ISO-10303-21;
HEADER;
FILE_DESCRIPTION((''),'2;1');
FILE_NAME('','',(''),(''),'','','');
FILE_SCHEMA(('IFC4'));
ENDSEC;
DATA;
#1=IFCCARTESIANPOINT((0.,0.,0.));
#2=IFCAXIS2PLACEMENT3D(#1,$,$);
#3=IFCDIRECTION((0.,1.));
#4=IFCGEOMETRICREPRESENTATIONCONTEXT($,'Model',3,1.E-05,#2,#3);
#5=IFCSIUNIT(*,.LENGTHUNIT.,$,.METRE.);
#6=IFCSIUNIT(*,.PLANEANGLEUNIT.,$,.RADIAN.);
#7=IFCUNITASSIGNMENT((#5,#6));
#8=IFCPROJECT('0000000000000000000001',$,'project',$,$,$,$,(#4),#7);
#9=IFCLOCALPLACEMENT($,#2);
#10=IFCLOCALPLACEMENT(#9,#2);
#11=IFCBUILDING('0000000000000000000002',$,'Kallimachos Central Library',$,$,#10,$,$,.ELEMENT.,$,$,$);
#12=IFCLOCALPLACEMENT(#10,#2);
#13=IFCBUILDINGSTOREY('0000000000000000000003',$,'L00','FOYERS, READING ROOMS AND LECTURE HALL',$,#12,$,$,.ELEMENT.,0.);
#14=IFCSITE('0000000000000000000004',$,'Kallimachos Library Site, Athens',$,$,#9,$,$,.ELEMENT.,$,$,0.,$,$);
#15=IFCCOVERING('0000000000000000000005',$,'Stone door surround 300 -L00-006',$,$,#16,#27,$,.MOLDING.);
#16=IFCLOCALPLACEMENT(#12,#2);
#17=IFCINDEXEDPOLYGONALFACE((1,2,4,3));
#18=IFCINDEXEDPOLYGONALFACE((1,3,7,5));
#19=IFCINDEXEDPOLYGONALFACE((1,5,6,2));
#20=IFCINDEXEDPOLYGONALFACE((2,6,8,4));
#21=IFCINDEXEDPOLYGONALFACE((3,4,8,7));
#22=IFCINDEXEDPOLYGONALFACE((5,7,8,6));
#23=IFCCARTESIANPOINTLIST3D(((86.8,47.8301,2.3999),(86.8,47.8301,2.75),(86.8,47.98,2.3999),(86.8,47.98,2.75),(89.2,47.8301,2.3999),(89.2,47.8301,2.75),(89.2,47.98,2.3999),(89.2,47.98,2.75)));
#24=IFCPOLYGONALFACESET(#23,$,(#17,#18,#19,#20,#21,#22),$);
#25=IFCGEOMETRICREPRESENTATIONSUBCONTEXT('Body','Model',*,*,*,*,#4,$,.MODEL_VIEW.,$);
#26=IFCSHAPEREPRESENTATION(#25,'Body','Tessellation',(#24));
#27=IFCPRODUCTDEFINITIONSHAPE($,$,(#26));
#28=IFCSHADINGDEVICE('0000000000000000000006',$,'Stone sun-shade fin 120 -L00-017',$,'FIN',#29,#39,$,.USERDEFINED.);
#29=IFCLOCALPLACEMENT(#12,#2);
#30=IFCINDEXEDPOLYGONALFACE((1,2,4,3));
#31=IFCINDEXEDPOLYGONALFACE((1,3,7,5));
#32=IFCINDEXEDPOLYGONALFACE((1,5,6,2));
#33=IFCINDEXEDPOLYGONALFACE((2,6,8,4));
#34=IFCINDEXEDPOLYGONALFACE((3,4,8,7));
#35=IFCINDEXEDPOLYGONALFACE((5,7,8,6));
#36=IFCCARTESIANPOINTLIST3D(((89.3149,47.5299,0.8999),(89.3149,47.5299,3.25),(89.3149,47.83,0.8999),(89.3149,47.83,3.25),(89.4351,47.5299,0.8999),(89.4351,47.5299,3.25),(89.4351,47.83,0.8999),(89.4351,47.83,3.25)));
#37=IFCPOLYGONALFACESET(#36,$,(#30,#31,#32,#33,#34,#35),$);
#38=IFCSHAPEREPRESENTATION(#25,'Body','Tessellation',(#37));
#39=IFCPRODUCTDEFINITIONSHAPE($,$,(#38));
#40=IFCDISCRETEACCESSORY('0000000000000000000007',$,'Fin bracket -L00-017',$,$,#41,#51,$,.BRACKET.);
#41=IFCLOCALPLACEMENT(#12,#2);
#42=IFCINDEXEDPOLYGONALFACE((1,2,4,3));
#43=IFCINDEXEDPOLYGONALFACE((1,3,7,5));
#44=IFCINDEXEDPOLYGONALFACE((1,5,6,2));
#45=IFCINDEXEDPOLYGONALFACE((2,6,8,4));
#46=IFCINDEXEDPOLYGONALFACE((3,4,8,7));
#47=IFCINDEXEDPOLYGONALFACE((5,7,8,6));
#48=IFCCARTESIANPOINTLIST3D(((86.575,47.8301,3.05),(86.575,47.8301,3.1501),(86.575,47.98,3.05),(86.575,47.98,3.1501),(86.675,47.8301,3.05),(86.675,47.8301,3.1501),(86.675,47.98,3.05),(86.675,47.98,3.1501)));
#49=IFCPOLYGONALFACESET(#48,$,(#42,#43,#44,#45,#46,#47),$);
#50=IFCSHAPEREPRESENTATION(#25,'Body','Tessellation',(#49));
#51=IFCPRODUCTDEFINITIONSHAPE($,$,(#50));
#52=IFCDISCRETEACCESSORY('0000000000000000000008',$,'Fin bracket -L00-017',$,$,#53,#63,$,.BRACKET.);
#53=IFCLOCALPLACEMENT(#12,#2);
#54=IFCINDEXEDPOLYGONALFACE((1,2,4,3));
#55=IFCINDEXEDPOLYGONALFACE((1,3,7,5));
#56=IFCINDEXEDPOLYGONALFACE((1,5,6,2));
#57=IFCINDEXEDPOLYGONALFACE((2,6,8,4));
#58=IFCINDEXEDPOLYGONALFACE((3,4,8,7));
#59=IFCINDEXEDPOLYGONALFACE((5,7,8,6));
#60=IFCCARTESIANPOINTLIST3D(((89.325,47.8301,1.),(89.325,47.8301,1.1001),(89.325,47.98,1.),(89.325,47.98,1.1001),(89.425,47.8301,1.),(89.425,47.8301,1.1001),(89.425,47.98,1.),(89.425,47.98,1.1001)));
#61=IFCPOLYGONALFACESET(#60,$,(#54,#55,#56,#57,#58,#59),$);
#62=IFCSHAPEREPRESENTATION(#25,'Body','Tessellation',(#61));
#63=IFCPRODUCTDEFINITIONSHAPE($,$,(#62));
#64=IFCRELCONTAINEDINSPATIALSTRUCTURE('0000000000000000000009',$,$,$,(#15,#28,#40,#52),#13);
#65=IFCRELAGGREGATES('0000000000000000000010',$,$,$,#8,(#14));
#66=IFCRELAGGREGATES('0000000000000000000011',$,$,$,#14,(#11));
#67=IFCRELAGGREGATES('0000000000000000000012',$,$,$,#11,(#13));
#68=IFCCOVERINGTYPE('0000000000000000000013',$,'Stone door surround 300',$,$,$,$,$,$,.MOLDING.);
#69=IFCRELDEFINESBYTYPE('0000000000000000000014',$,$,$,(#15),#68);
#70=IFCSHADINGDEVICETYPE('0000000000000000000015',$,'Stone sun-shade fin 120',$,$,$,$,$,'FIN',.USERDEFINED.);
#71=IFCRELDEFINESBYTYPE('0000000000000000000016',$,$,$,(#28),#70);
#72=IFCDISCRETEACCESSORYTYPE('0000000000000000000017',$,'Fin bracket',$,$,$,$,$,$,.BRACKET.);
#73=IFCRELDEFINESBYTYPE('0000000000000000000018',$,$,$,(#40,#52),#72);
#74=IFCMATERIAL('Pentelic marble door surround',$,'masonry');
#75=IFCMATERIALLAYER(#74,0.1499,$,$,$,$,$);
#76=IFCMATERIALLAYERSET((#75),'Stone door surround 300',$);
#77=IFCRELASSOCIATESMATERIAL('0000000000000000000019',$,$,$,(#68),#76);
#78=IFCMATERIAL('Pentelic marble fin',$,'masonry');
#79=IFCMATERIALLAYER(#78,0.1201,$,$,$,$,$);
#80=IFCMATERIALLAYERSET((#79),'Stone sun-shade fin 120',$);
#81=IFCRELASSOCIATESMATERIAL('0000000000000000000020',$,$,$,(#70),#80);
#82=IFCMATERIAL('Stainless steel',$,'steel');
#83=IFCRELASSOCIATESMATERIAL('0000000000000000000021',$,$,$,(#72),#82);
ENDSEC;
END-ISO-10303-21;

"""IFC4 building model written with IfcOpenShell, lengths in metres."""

from ifc_helpers import new_model, si_unit, direction, frame, origin, origin_2d, place, context, subcontext, project, spatial, rectangle, extrude, material, layer, layer_set, type_object, element, save


model = new_model("IFC4")

# Units and contexts
model_context = context("Model", 3, precision=1e-05, world=origin(), true_north=direction((0.0, 1.0)))
body_context = subcontext(model_context, "Body", "Model", "MODEL_VIEW")
ifc_project = project(units=[si_unit("LENGTHUNIT", "METRE"), si_unit("PLANEANGLEUNIT", "RADIAN")], contexts=[model_context])

# Site, building, storey
site_placement = place(None, origin())
site = spatial("IfcSite", under=ifc_project, at=site_placement, Name="Kallimachos Library Site, Athens", CompositionType="ELEMENT", RefElevation=0.0)
building_placement = place(site_placement, origin())
building = spatial("IfcBuilding", under=site, at=building_placement, Name="Kallimachos Central Library", CompositionType="ELEMENT")
storey_placement = place(building_placement, origin())
storey = spatial("IfcBuildingStorey", under=building, at=storey_placement, Name="L00", Description="FOYERS, READING ROOMS AND LECTURE HALL", CompositionType="ELEMENT", Elevation=0.0)

# Covering
ifc_material_1 = material(Name="Pentelic marble door surround", Category="masonry")
ifc_layer_1 = layer(ifc_material_1, 0.1499)
ifc_layer_set_1 = layer_set([ifc_layer_1], Name="Stone door surround 300")
covering_type_1 = type_object("IfcCoveringType", Name="Stone door surround 300", PredefinedType="MOLDING", material=ifc_layer_set_1)
covering_1_placement = place(storey_placement, frame((88.0, 47.905, 2.3999), z_axis=(0.0, 0.0, 1.0), x_axis=(1.0, 0.0, 0.0)))
element("IfcCovering", 1, at=covering_1_placement, inside=storey, type_object=covering_type_1, Name="Stone door surround 300 -L00-006", PredefinedType="MOLDING", context=body_context, shape_type="SweptSolid", body=[
    extrude(rectangle(XDim=2.3999, YDim=0.1499, at=origin_2d()), origin(), (0.0, 0.0, 1.0), 0.3501),
])

# Shading device
ifc_material_2 = material(Name="Pentelic marble fin", Category="masonry")
ifc_layer_2 = layer(ifc_material_2, 0.1201)
ifc_layer_set_2 = layer_set([ifc_layer_2], Name="Stone sun-shade fin 120")
shading_device_type = type_object("IfcShadingDeviceType", Name="Stone sun-shade fin 120", ElementType="FIN", PredefinedType="USERDEFINED", material=ifc_layer_set_2)
shading_device_placement = place(storey_placement, frame((89.375, 47.6799, 0.8999), z_axis=(0.0, 0.0, 1.0), x_axis=(1.0, 0.0, 0.0)))
element("IfcShadingDevice", 2, at=shading_device_placement, inside=storey, type_object=shading_device_type, Name="Stone sun-shade fin 120 -L00-017", ObjectType="FIN", PredefinedType="USERDEFINED", context=body_context, shape_type="SweptSolid", body=[
    extrude(rectangle(XDim=0.1201, YDim=0.3, at=origin_2d()), origin(), (0.0, 0.0, 1.0), 2.3501),
])

# Discrete accessories
ifc_material_3 = material(Name="Stainless steel", Category="steel")
discrete_accessory_type = type_object("IfcDiscreteAccessoryType", Name="Fin bracket", PredefinedType="BRACKET", material=ifc_material_3)
for number, where, z_axis, x_axis, name in (
    (3, (86.625, 47.905, 3.05), (0.0, 0.0, 1.0), (1.0, 0.0, 0.0), "Fin bracket -L00-017"),
    (4, (89.375, 47.905, 1.0), (0.0, 0.0, 1.0), (1.0, 0.0, 0.0), "Fin bracket -L00-017"),
):
    element("IfcDiscreteAccessory", number, at=place(storey_placement, frame(where, z_axis=z_axis, x_axis=x_axis)), inside=storey, type_object=discrete_accessory_type, Name=name, PredefinedType="BRACKET", context=body_context, shape_type="SweptSolid", body=[
        extrude(rectangle(XDim=0.1001, YDim=0.1499, at=origin_2d()), origin(), (0.0, 0.0, 1.0), 0.1001),
    ])

save(model, "model.ifc")
